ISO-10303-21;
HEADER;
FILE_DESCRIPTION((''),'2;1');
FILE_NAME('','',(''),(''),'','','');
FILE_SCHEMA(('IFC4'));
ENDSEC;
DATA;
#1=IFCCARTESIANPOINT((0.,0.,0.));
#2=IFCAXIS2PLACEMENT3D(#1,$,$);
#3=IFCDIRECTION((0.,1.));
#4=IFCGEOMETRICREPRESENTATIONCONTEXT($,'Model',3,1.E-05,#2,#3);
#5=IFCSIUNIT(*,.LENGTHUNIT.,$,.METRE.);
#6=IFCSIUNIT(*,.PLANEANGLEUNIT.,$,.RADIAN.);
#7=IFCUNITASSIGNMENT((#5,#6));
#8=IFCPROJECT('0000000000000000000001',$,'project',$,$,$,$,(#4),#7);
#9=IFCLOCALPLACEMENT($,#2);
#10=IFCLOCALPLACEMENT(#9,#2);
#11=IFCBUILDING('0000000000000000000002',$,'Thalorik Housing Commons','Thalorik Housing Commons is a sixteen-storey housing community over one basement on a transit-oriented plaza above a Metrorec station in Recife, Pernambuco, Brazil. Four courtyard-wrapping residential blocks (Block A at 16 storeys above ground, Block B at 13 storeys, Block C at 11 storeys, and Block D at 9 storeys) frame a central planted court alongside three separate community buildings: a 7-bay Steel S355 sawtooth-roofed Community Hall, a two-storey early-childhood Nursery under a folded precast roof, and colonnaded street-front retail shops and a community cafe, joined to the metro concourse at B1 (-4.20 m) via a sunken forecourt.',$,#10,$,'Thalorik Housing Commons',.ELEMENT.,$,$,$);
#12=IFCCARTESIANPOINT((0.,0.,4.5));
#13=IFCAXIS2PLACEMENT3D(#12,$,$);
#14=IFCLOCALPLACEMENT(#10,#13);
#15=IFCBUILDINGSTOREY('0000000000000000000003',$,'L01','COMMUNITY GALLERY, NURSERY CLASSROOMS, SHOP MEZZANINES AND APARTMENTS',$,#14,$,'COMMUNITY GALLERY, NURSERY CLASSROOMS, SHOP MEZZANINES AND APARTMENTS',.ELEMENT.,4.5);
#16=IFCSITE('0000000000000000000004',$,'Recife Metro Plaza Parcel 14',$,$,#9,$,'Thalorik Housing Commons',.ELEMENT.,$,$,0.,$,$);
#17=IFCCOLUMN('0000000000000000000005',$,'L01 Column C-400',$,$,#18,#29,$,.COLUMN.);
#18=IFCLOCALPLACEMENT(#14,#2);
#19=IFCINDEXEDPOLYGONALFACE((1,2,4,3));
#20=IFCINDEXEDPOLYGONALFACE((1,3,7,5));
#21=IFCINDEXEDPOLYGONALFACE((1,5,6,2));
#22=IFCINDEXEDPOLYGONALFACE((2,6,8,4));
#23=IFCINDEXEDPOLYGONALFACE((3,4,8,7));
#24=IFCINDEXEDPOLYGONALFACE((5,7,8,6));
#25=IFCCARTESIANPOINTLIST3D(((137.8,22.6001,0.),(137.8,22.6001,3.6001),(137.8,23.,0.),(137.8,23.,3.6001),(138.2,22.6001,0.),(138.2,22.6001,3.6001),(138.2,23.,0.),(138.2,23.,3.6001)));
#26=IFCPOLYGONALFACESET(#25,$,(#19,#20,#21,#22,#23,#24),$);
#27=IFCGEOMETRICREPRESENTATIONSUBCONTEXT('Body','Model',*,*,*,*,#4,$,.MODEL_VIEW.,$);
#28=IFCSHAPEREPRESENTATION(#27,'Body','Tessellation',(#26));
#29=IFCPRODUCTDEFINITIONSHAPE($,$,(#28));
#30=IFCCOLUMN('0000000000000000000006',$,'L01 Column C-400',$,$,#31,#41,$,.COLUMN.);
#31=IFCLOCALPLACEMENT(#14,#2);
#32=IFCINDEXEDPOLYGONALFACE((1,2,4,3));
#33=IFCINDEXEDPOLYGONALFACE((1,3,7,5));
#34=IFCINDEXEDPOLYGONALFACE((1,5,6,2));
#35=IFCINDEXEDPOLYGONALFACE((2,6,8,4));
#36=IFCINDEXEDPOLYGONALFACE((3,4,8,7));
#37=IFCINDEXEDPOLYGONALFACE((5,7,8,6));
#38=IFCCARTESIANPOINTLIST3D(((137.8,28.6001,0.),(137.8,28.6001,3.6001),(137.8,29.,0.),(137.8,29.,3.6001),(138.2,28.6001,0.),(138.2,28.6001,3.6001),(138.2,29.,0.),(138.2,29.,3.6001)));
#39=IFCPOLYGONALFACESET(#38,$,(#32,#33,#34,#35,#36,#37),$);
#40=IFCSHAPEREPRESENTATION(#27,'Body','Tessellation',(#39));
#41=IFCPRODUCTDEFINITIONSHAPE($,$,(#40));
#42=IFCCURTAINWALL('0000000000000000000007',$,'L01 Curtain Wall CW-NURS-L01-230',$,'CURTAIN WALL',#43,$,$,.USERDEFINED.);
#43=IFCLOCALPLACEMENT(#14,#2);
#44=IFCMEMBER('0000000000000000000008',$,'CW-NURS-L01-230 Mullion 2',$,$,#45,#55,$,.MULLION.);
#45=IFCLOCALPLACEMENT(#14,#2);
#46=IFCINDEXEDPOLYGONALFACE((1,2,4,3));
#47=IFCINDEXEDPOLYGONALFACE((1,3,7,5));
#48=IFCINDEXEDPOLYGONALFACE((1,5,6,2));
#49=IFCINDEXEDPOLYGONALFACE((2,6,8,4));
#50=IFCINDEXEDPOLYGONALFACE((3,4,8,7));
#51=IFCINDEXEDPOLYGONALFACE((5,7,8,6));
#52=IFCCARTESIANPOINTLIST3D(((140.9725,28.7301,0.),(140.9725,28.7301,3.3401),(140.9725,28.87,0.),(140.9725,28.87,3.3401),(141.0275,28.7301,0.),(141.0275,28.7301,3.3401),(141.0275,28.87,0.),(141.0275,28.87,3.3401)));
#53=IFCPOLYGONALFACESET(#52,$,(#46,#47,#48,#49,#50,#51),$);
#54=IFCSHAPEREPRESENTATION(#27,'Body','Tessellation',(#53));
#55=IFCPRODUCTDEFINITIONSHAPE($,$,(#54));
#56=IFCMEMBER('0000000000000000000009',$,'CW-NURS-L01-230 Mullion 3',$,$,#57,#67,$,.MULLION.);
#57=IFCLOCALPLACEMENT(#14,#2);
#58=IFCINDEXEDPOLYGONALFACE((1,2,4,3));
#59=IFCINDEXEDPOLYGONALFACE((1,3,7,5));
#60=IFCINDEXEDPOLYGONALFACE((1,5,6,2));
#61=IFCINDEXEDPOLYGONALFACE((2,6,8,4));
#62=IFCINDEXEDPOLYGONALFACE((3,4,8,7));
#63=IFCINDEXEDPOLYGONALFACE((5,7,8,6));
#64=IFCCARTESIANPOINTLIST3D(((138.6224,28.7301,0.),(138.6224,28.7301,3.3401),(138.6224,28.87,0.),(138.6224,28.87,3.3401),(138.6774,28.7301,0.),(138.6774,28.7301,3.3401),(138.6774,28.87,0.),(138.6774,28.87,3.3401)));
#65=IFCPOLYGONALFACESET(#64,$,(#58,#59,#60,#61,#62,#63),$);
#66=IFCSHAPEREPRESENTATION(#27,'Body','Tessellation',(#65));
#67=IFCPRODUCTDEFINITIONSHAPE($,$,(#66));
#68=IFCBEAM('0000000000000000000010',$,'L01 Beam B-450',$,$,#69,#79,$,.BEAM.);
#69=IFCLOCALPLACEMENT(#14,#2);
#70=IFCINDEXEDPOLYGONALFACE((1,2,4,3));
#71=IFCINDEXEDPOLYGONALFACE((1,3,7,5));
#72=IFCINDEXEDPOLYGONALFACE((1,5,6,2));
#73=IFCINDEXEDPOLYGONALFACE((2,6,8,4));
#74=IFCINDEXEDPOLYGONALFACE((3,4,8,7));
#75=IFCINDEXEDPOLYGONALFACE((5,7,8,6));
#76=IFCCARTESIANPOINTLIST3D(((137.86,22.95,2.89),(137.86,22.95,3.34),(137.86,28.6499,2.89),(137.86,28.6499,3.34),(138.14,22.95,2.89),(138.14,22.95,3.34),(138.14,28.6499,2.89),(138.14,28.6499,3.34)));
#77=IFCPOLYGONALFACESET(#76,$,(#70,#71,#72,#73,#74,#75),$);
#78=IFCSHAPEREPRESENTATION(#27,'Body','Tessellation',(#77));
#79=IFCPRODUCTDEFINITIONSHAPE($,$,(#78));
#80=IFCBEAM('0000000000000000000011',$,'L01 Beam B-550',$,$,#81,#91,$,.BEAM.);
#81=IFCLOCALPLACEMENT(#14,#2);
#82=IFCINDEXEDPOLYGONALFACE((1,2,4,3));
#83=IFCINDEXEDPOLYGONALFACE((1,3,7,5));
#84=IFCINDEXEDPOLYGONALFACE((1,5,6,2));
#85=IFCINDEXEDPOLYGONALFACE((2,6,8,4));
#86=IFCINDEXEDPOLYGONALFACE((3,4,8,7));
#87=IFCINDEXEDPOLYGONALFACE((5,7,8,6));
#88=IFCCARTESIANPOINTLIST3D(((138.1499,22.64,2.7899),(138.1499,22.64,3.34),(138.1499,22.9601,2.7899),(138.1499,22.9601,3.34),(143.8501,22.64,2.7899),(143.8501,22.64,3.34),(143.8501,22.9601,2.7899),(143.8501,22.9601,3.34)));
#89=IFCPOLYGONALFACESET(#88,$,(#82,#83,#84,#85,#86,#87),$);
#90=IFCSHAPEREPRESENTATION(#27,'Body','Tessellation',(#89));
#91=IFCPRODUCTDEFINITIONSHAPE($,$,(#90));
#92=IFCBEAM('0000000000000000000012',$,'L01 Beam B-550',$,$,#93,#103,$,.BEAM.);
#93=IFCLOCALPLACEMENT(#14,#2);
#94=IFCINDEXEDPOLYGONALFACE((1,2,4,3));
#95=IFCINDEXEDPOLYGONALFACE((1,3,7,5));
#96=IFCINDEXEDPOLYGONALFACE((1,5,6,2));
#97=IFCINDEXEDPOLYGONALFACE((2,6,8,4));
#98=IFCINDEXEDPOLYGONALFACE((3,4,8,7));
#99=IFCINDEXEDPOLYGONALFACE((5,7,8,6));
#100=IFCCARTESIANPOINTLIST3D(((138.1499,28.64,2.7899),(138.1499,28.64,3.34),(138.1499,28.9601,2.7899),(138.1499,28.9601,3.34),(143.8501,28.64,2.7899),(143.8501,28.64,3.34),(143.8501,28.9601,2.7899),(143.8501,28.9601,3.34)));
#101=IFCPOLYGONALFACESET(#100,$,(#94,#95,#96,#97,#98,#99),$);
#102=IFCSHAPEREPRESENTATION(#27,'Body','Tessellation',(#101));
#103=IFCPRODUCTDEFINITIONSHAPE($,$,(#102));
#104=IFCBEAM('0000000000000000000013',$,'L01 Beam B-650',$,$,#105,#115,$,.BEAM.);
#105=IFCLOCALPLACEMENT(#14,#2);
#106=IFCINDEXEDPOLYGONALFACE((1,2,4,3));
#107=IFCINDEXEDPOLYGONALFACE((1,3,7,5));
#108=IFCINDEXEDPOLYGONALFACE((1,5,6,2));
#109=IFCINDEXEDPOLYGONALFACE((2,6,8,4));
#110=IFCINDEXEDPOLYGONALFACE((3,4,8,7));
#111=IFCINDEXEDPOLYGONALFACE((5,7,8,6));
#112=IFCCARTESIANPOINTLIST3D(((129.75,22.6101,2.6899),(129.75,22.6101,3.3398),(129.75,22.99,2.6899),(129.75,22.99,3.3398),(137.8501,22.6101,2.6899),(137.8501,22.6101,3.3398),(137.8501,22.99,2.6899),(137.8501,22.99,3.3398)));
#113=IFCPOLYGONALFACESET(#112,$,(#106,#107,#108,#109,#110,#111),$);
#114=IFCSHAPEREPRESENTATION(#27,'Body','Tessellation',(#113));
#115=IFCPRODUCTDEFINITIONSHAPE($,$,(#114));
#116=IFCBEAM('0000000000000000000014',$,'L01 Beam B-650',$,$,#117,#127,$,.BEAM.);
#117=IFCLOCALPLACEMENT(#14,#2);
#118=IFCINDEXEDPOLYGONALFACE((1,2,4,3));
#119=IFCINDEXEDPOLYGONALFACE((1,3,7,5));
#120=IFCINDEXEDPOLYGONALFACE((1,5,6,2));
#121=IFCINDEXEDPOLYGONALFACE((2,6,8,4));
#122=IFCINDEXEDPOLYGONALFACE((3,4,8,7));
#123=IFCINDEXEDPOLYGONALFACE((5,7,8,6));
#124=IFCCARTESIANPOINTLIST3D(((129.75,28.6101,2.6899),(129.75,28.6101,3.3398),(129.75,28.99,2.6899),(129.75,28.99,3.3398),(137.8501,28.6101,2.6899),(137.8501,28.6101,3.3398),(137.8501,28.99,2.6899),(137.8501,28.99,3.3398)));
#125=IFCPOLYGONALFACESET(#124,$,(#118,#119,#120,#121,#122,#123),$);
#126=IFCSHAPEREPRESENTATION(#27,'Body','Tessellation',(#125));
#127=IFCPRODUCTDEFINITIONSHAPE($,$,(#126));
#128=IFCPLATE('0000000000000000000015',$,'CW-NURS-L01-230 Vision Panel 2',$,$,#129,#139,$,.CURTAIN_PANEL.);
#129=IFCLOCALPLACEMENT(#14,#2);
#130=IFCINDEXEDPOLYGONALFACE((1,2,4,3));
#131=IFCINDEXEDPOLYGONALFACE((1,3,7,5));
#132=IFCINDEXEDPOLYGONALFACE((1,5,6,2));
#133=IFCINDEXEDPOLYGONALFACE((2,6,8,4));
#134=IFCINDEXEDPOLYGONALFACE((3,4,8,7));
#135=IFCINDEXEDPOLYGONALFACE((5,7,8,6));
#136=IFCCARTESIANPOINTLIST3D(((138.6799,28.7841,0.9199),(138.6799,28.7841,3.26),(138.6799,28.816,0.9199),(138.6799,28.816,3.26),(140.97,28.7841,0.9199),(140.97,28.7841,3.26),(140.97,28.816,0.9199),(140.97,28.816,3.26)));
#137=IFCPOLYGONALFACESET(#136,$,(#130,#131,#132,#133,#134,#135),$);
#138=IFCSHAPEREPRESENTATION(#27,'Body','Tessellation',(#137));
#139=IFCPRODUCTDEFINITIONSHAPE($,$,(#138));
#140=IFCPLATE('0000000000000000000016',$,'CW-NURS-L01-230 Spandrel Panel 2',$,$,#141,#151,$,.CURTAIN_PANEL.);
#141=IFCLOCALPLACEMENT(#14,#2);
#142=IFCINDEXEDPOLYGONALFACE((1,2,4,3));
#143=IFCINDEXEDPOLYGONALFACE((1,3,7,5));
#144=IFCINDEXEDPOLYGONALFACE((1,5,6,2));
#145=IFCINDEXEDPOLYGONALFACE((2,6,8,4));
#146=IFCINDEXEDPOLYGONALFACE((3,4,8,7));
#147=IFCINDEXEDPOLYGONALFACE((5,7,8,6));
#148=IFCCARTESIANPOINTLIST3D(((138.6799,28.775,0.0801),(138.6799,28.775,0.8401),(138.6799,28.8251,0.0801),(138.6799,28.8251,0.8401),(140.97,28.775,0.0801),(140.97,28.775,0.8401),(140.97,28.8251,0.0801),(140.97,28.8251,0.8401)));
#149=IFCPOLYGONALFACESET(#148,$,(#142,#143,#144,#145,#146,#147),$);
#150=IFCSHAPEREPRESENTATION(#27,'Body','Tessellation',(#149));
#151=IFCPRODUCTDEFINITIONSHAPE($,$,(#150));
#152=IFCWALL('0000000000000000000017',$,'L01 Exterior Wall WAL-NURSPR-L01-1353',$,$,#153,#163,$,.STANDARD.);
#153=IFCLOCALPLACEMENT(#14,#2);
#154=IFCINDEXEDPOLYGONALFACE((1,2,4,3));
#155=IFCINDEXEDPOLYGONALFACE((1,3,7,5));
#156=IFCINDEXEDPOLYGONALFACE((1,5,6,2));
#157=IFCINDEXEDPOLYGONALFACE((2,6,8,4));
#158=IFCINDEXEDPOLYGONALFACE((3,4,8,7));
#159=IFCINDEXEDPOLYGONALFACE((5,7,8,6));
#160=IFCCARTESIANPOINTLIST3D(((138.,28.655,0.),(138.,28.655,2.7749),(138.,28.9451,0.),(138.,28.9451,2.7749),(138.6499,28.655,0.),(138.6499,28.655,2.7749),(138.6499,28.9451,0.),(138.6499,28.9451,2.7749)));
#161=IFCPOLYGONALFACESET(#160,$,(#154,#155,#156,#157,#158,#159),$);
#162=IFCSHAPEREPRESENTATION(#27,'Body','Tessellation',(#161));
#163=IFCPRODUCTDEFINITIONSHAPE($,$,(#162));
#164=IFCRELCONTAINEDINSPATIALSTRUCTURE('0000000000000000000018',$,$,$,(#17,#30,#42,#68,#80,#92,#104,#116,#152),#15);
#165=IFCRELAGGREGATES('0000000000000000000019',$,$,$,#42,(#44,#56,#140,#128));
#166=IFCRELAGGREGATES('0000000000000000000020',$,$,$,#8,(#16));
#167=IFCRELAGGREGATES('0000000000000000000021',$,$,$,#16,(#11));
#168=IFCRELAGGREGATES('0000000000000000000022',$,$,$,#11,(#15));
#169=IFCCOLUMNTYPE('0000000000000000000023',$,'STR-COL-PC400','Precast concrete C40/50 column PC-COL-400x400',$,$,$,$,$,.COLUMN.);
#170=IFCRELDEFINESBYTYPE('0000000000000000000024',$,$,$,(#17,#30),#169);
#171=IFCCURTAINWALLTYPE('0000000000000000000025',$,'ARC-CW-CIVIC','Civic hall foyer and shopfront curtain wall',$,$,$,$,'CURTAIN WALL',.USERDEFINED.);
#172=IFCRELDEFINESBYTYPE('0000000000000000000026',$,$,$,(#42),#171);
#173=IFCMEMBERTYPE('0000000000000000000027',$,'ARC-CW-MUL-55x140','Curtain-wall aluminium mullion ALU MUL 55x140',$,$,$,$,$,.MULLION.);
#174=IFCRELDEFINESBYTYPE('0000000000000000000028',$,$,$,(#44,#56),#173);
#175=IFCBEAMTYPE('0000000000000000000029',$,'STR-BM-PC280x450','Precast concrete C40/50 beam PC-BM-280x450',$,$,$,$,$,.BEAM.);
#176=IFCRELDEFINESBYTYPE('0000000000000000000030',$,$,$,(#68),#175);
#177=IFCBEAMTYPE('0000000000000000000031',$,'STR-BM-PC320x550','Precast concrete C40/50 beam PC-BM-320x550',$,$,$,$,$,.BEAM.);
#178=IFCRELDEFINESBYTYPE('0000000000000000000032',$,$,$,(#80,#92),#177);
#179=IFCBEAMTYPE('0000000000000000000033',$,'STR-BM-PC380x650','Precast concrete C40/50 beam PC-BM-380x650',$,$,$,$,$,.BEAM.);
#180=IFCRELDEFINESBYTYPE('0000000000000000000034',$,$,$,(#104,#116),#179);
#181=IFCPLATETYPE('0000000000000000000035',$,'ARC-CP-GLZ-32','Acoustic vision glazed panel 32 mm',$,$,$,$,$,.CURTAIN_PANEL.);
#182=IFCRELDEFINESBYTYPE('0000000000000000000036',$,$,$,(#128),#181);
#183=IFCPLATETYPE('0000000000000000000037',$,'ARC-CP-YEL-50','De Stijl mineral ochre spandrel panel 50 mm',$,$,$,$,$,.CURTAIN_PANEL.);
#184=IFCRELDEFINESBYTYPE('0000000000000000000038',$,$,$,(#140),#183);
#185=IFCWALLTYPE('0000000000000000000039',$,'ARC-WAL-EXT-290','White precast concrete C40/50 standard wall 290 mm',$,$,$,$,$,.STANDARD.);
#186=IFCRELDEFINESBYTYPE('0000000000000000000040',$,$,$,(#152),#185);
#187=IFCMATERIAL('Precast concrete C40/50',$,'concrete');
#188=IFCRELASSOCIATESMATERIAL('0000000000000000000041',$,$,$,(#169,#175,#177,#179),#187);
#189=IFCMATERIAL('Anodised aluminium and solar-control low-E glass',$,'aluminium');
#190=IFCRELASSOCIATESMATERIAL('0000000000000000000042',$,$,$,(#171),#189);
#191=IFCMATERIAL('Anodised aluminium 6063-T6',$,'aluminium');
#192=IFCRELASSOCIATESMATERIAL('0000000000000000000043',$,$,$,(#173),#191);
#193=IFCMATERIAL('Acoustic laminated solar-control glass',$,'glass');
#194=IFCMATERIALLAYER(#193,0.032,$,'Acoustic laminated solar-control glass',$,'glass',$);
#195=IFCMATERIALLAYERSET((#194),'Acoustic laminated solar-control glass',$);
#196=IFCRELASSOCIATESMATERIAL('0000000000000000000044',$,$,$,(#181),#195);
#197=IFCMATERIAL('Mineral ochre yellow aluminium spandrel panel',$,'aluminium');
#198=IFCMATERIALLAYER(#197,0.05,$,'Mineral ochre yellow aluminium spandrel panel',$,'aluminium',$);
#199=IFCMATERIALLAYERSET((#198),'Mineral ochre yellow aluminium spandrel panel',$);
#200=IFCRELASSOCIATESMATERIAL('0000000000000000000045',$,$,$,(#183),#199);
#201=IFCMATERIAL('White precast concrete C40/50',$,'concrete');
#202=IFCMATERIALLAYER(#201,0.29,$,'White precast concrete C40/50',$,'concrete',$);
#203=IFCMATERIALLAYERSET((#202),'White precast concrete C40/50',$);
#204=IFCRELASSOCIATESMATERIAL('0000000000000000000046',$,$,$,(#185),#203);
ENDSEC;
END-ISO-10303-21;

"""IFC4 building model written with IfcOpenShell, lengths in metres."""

from ifc_helpers import new_model, si_unit, direction, frame, frame_2d, origin, origin_2d, place, context, subcontext, project, spatial, rectangle, extrude, material, layer, layer_set, material_profile, profile_set, type_object, element, aggregate, save


model = new_model("IFC4")

# Units and contexts
model_context = context("Model", 3, precision=1e-05, world=origin(), true_north=direction((0.0, 1.0)))
body_context = subcontext(model_context, "Body", "Model", "MODEL_VIEW")
ifc_project = project(units=[si_unit("LENGTHUNIT", "METRE"), si_unit("PLANEANGLEUNIT", "RADIAN")], contexts=[model_context])

# Site, building, storey
site_placement = place(None, origin())
site = spatial("IfcSite", under=ifc_project, at=site_placement, Name="Recife Metro Plaza Parcel 14", LongName="Thalorik Housing Commons", CompositionType="ELEMENT", RefElevation=0.0)
building_placement = place(site_placement, origin())
building = spatial("IfcBuilding", under=site, at=building_placement, Name="Thalorik Housing Commons", Description="Thalorik Housing Commons is a sixteen-storey housing community over one basement on a transit-oriented plaza above a Metrorec station in Recife, Pernambuco, Brazil. Four courtyard-wrapping residential blocks (Block A at 16 storeys above ground, Block B at 13 storeys, Block C at 11 storeys, and Block D at 9 storeys) frame a central planted court alongside three separate community buildings: a 7-bay Steel S355 sawtooth-roofed Community Hall, a two-storey early-childhood Nursery under a folded precast roof, and colonnaded street-front retail shops and a community cafe, joined to the metro concourse at B1 (-4.20 m) via a sunken forecourt.", LongName="Thalorik Housing Commons", CompositionType="ELEMENT")
storey_placement = place(building_placement, frame((0.0, 0.0, 4.5)))
storey = spatial("IfcBuildingStorey", under=building, at=storey_placement, Name="L01", Description="COMMUNITY GALLERY, NURSERY CLASSROOMS, SHOP MEZZANINES AND APARTMENTS", LongName="COMMUNITY GALLERY, NURSERY CLASSROOMS, SHOP MEZZANINES AND APARTMENTS", CompositionType="ELEMENT", Elevation=4.5)

# Columns
ifc_material_1 = material(Name="Precast concrete C40/50", Category="concrete")
ifc_material_profile_1 = material_profile(ifc_material_1, rectangle(XDim=0.3999, YDim=0.3999, at=origin_2d()), Name="PC 400x400", Category="concrete")
ifc_profile_set_1 = profile_set([ifc_material_profile_1], Name="Precast concrete C40/50")
column_type = type_object("IfcColumnType", Name="STR-COL-PC400", Description="Precast concrete C40/50 column PC-COL-400x400", PredefinedType="COLUMN", material=ifc_profile_set_1)
for number, where, z_axis, x_axis, name in (
    (1, (138.0, 22.8, 0.0), (0.0, 0.0, 1.0), (1.0, 0.0, 0.0), "L01 Column C-400"),
    (2, (138.0, 28.8, 0.0), (0.0, 0.0, 1.0), (1.0, 0.0, 0.0), "L01 Column C-400"),
):
    element("IfcColumn", number, at=place(storey_placement, frame(where, z_axis=z_axis, x_axis=x_axis)), inside=storey, type_object=column_type, Name=name, PredefinedType="COLUMN", context=body_context, shape_type="SweptSolid", body=[
        extrude(rectangle(XDim=0.3999, YDim=0.3999, at=origin_2d()), origin(), (0.0, 0.0, 1.0), 3.6001),
    ])

# Curtain wall, members
ifc_material_2 = material(Name="Anodised aluminium and solar-control low-E glass", Category="aluminium")
curtain_wall_type = type_object("IfcCurtainWallType", Name="ARC-CW-CIVIC", Description="Civic hall foyer and shopfront curtain wall", ElementType="CURTAIN WALL", PredefinedType="USERDEFINED", material=ifc_material_2)
curtain_wall_placement = place(storey_placement, origin())
curtain_wall = element("IfcCurtainWall", 3, at=curtain_wall_placement, inside=storey, type_object=curtain_wall_type, Name="L01 Curtain Wall CW-NURS-L01-230", ObjectType="CURTAIN WALL", PredefinedType="USERDEFINED")
ifc_material_3 = material(Name="Anodised aluminium 6063-T6", Category="aluminium")
ifc_material_profile_2 = material_profile(ifc_material_3, rectangle(XDim=0.0549, YDim=0.1399, at=origin_2d()), Name="ALU MUL 55x140", Category="aluminium")
ifc_profile_set_2 = profile_set([ifc_material_profile_2], Name="Anodised aluminium 6063-T6")
member_type = type_object("IfcMemberType", Name="ARC-CW-MUL-55x140", Description="Curtain-wall aluminium mullion ALU MUL 55x140", PredefinedType="MULLION", material=ifc_profile_set_2)
member_1_placement = place(storey_placement, frame((141.0, 28.8, 0.0), z_axis=(0.0, 0.0, 1.0), x_axis=(-1.0, 0.0, 0.0)))
member_1 = element("IfcMember", 4, at=member_1_placement, type_object=member_type, Name="CW-NURS-L01-230 Mullion 2", PredefinedType="MULLION", context=body_context, shape_type="SweptSolid", body=[
    extrude(rectangle(XDim=0.0549, YDim=0.1399, at=origin_2d()), origin(), (0.0, 0.0, 1.0), 3.3401),
])
member_2_placement = place(storey_placement, frame((138.6499, 28.8, 0.0), z_axis=(0.0, 0.0, 1.0), x_axis=(-1.0, 0.0, 0.0)))
member_2 = element("IfcMember", 5, at=member_2_placement, type_object=member_type, Name="CW-NURS-L01-230 Mullion 3", PredefinedType="MULLION", context=body_context, shape_type="SweptSolid", body=[
    extrude(rectangle(XDim=0.0549, YDim=0.1399, at=origin_2d()), origin(), (0.0, 0.0, 1.0), 3.3401),
])

# Beams
ifc_material_profile_3 = material_profile(ifc_material_1, rectangle(XDim=0.28, YDim=0.45, at=origin_2d()), Name="PC 280x450", Category="concrete")
ifc_profile_set_3 = profile_set([ifc_material_profile_3], Name="Precast concrete C40/50")
beam_type_1 = type_object("IfcBeamType", Name="STR-BM-PC280x450", Description="Precast concrete C40/50 beam PC-BM-280x450", PredefinedType="BEAM", material=ifc_profile_set_3)
beam_placement = place(storey_placement, frame((138.0, 22.95, 3.115), z_axis=(0.0, 1.0, 0.0), x_axis=(-1.0, 0.0, 0.0)))
element("IfcBeam", 6, at=beam_placement, inside=storey, type_object=beam_type_1, Name="L01 Beam B-450", PredefinedType="BEAM", context=body_context, shape_type="SweptSolid", body=[
    extrude(rectangle(XDim=0.28, YDim=0.45, at=origin_2d()), origin(), (0.0, 0.0, 1.0), 5.7),
])
ifc_material_profile_4 = material_profile(ifc_material_1, rectangle(XDim=0.3201, YDim=0.55, at=origin_2d()), Name="PC 320x550", Category="concrete")
ifc_profile_set_4 = profile_set([ifc_material_profile_4], Name="Precast concrete C40/50")
beam_type_2 = type_object("IfcBeamType", Name="STR-BM-PC320x550", Description="Precast concrete C40/50 beam PC-BM-320x550", PredefinedType="BEAM", material=ifc_profile_set_4)
for number, where, z_axis, x_axis, name in (
    (7, (138.1499, 22.8, 3.0649), (1.0, 0.0, 0.0), (0.0, 1.0, 0.0), "L01 Beam B-550"),
    (8, (138.1499, 28.8, 3.0649), (1.0, 0.0, 0.0), (0.0, 1.0, 0.0), "L01 Beam B-550"),
):
    element("IfcBeam", number, at=place(storey_placement, frame(where, z_axis=z_axis, x_axis=x_axis)), inside=storey, type_object=beam_type_2, Name=name, PredefinedType="BEAM", context=body_context, shape_type="SweptSolid", body=[
        extrude(rectangle(XDim=0.3201, YDim=0.55, at=origin_2d()), origin(), (0.0, 0.0, 1.0), 5.7002),
    ])
ifc_material_profile_5 = material_profile(ifc_material_1, rectangle(XDim=0.3799, YDim=0.6499, at=origin_2d()), Name="PC 380x650", Category="concrete")
ifc_profile_set_5 = profile_set([ifc_material_profile_5], Name="Precast concrete C40/50")
beam_type_3 = type_object("IfcBeamType", Name="STR-BM-PC380x650", Description="Precast concrete C40/50 beam PC-BM-380x650", PredefinedType="BEAM", material=ifc_profile_set_5)
for number, where, z_axis, x_axis, name in (
    (9, (129.75, 22.8, 3.0149), (1.0, 0.0, 0.0), (0.0, 1.0, 0.0), "L01 Beam B-650"),
    (10, (129.75, 28.8, 3.0149), (1.0, 0.0, 0.0), (0.0, 1.0, 0.0), "L01 Beam B-650"),
):
    element("IfcBeam", number, at=place(storey_placement, frame(where, z_axis=z_axis, x_axis=x_axis)), inside=storey, type_object=beam_type_3, Name=name, PredefinedType="BEAM", context=body_context, shape_type="SweptSolid", body=[
        extrude(rectangle(XDim=0.3799, YDim=0.6499, at=origin_2d()), origin(), (0.0, 0.0, 1.0), 8.1001),
    ])

# Plates
ifc_material_4 = material(Name="Acoustic laminated solar-control glass", Category="glass")
ifc_layer_1 = layer(ifc_material_4, 0.032, Name="Acoustic laminated solar-control glass", Category="glass")
ifc_layer_set_1 = layer_set([ifc_layer_1], Name="Acoustic laminated solar-control glass")
plate_type_1 = type_object("IfcPlateType", Name="ARC-CP-GLZ-32", Description="Acoustic vision glazed panel 32 mm", PredefinedType="CURTAIN_PANEL", material=ifc_layer_set_1)
plate_1_placement = place(storey_placement, frame((139.825, 28.8, 0.9199), z_axis=(0.0, 0.0, 1.0), x_axis=(-1.0, 0.0, 0.0)))
plate_1 = element("IfcPlate", 11, at=plate_1_placement, type_object=plate_type_1, Name="CW-NURS-L01-230 Vision Panel 2", PredefinedType="CURTAIN_PANEL", context=body_context, shape_type="SweptSolid", body=[
    extrude(rectangle(XDim=2.29, YDim=0.032, at=origin_2d()), origin(), (0.0, 0.0, 1.0), 2.3401),
])
ifc_material_5 = material(Name="Mineral ochre yellow aluminium spandrel panel", Category="aluminium")
ifc_layer_2 = layer(ifc_material_5, 0.05, Name="Mineral ochre yellow aluminium spandrel panel", Category="aluminium")
ifc_layer_set_2 = layer_set([ifc_layer_2], Name="Mineral ochre yellow aluminium spandrel panel")
plate_type_2 = type_object("IfcPlateType", Name="ARC-CP-YEL-50", Description="De Stijl mineral ochre spandrel panel 50 mm", PredefinedType="CURTAIN_PANEL", material=ifc_layer_set_2)
plate_2_placement = place(storey_placement, frame((139.825, 28.8, 0.0801), z_axis=(0.0, 0.0, 1.0), x_axis=(-1.0, 0.0, 0.0)))
plate_2 = element("IfcPlate", 12, at=plate_2_placement, type_object=plate_type_2, Name="CW-NURS-L01-230 Spandrel Panel 2", PredefinedType="CURTAIN_PANEL", context=body_context, shape_type="SweptSolid", body=[
    extrude(rectangle(XDim=2.29, YDim=0.05, at=origin_2d()), origin(), (0.0, 0.0, 1.0), 0.76),
])
aggregate(curtain_wall, [member_1, member_2, plate_2, plate_1])

# Wall
ifc_material_6 = material(Name="White precast concrete C40/50", Category="concrete")
ifc_layer_3 = layer(ifc_material_6, 0.29, Name="White precast concrete C40/50", Category="concrete")
ifc_layer_set_3 = layer_set([ifc_layer_3], Name="White precast concrete C40/50")
wall_type = type_object("IfcWallType", Name="ARC-WAL-EXT-290", Description="White precast concrete C40/50 standard wall 290 mm", PredefinedType="STANDARD", material=ifc_layer_set_3)
wall_1_placement = place(storey_placement, frame((138.6499, 28.8, 0.0), z_axis=(0.0, 0.0, 1.0), x_axis=(-1.0, 0.0, 0.0)))
element("IfcWall", 13, at=wall_1_placement, inside=storey, type_object=wall_type, Name="L01 Exterior Wall WAL-NURSPR-L01-1353", PredefinedType="STANDARD", context=body_context, shape_type="SweptSolid", body=[
    extrude(rectangle(XDim=0.6499, YDim=0.29, at=frame_2d((0.325, 0.0))), origin(), (0.0, 0.0, 1.0), 2.7749),
])

save(model, "model.ifc")
